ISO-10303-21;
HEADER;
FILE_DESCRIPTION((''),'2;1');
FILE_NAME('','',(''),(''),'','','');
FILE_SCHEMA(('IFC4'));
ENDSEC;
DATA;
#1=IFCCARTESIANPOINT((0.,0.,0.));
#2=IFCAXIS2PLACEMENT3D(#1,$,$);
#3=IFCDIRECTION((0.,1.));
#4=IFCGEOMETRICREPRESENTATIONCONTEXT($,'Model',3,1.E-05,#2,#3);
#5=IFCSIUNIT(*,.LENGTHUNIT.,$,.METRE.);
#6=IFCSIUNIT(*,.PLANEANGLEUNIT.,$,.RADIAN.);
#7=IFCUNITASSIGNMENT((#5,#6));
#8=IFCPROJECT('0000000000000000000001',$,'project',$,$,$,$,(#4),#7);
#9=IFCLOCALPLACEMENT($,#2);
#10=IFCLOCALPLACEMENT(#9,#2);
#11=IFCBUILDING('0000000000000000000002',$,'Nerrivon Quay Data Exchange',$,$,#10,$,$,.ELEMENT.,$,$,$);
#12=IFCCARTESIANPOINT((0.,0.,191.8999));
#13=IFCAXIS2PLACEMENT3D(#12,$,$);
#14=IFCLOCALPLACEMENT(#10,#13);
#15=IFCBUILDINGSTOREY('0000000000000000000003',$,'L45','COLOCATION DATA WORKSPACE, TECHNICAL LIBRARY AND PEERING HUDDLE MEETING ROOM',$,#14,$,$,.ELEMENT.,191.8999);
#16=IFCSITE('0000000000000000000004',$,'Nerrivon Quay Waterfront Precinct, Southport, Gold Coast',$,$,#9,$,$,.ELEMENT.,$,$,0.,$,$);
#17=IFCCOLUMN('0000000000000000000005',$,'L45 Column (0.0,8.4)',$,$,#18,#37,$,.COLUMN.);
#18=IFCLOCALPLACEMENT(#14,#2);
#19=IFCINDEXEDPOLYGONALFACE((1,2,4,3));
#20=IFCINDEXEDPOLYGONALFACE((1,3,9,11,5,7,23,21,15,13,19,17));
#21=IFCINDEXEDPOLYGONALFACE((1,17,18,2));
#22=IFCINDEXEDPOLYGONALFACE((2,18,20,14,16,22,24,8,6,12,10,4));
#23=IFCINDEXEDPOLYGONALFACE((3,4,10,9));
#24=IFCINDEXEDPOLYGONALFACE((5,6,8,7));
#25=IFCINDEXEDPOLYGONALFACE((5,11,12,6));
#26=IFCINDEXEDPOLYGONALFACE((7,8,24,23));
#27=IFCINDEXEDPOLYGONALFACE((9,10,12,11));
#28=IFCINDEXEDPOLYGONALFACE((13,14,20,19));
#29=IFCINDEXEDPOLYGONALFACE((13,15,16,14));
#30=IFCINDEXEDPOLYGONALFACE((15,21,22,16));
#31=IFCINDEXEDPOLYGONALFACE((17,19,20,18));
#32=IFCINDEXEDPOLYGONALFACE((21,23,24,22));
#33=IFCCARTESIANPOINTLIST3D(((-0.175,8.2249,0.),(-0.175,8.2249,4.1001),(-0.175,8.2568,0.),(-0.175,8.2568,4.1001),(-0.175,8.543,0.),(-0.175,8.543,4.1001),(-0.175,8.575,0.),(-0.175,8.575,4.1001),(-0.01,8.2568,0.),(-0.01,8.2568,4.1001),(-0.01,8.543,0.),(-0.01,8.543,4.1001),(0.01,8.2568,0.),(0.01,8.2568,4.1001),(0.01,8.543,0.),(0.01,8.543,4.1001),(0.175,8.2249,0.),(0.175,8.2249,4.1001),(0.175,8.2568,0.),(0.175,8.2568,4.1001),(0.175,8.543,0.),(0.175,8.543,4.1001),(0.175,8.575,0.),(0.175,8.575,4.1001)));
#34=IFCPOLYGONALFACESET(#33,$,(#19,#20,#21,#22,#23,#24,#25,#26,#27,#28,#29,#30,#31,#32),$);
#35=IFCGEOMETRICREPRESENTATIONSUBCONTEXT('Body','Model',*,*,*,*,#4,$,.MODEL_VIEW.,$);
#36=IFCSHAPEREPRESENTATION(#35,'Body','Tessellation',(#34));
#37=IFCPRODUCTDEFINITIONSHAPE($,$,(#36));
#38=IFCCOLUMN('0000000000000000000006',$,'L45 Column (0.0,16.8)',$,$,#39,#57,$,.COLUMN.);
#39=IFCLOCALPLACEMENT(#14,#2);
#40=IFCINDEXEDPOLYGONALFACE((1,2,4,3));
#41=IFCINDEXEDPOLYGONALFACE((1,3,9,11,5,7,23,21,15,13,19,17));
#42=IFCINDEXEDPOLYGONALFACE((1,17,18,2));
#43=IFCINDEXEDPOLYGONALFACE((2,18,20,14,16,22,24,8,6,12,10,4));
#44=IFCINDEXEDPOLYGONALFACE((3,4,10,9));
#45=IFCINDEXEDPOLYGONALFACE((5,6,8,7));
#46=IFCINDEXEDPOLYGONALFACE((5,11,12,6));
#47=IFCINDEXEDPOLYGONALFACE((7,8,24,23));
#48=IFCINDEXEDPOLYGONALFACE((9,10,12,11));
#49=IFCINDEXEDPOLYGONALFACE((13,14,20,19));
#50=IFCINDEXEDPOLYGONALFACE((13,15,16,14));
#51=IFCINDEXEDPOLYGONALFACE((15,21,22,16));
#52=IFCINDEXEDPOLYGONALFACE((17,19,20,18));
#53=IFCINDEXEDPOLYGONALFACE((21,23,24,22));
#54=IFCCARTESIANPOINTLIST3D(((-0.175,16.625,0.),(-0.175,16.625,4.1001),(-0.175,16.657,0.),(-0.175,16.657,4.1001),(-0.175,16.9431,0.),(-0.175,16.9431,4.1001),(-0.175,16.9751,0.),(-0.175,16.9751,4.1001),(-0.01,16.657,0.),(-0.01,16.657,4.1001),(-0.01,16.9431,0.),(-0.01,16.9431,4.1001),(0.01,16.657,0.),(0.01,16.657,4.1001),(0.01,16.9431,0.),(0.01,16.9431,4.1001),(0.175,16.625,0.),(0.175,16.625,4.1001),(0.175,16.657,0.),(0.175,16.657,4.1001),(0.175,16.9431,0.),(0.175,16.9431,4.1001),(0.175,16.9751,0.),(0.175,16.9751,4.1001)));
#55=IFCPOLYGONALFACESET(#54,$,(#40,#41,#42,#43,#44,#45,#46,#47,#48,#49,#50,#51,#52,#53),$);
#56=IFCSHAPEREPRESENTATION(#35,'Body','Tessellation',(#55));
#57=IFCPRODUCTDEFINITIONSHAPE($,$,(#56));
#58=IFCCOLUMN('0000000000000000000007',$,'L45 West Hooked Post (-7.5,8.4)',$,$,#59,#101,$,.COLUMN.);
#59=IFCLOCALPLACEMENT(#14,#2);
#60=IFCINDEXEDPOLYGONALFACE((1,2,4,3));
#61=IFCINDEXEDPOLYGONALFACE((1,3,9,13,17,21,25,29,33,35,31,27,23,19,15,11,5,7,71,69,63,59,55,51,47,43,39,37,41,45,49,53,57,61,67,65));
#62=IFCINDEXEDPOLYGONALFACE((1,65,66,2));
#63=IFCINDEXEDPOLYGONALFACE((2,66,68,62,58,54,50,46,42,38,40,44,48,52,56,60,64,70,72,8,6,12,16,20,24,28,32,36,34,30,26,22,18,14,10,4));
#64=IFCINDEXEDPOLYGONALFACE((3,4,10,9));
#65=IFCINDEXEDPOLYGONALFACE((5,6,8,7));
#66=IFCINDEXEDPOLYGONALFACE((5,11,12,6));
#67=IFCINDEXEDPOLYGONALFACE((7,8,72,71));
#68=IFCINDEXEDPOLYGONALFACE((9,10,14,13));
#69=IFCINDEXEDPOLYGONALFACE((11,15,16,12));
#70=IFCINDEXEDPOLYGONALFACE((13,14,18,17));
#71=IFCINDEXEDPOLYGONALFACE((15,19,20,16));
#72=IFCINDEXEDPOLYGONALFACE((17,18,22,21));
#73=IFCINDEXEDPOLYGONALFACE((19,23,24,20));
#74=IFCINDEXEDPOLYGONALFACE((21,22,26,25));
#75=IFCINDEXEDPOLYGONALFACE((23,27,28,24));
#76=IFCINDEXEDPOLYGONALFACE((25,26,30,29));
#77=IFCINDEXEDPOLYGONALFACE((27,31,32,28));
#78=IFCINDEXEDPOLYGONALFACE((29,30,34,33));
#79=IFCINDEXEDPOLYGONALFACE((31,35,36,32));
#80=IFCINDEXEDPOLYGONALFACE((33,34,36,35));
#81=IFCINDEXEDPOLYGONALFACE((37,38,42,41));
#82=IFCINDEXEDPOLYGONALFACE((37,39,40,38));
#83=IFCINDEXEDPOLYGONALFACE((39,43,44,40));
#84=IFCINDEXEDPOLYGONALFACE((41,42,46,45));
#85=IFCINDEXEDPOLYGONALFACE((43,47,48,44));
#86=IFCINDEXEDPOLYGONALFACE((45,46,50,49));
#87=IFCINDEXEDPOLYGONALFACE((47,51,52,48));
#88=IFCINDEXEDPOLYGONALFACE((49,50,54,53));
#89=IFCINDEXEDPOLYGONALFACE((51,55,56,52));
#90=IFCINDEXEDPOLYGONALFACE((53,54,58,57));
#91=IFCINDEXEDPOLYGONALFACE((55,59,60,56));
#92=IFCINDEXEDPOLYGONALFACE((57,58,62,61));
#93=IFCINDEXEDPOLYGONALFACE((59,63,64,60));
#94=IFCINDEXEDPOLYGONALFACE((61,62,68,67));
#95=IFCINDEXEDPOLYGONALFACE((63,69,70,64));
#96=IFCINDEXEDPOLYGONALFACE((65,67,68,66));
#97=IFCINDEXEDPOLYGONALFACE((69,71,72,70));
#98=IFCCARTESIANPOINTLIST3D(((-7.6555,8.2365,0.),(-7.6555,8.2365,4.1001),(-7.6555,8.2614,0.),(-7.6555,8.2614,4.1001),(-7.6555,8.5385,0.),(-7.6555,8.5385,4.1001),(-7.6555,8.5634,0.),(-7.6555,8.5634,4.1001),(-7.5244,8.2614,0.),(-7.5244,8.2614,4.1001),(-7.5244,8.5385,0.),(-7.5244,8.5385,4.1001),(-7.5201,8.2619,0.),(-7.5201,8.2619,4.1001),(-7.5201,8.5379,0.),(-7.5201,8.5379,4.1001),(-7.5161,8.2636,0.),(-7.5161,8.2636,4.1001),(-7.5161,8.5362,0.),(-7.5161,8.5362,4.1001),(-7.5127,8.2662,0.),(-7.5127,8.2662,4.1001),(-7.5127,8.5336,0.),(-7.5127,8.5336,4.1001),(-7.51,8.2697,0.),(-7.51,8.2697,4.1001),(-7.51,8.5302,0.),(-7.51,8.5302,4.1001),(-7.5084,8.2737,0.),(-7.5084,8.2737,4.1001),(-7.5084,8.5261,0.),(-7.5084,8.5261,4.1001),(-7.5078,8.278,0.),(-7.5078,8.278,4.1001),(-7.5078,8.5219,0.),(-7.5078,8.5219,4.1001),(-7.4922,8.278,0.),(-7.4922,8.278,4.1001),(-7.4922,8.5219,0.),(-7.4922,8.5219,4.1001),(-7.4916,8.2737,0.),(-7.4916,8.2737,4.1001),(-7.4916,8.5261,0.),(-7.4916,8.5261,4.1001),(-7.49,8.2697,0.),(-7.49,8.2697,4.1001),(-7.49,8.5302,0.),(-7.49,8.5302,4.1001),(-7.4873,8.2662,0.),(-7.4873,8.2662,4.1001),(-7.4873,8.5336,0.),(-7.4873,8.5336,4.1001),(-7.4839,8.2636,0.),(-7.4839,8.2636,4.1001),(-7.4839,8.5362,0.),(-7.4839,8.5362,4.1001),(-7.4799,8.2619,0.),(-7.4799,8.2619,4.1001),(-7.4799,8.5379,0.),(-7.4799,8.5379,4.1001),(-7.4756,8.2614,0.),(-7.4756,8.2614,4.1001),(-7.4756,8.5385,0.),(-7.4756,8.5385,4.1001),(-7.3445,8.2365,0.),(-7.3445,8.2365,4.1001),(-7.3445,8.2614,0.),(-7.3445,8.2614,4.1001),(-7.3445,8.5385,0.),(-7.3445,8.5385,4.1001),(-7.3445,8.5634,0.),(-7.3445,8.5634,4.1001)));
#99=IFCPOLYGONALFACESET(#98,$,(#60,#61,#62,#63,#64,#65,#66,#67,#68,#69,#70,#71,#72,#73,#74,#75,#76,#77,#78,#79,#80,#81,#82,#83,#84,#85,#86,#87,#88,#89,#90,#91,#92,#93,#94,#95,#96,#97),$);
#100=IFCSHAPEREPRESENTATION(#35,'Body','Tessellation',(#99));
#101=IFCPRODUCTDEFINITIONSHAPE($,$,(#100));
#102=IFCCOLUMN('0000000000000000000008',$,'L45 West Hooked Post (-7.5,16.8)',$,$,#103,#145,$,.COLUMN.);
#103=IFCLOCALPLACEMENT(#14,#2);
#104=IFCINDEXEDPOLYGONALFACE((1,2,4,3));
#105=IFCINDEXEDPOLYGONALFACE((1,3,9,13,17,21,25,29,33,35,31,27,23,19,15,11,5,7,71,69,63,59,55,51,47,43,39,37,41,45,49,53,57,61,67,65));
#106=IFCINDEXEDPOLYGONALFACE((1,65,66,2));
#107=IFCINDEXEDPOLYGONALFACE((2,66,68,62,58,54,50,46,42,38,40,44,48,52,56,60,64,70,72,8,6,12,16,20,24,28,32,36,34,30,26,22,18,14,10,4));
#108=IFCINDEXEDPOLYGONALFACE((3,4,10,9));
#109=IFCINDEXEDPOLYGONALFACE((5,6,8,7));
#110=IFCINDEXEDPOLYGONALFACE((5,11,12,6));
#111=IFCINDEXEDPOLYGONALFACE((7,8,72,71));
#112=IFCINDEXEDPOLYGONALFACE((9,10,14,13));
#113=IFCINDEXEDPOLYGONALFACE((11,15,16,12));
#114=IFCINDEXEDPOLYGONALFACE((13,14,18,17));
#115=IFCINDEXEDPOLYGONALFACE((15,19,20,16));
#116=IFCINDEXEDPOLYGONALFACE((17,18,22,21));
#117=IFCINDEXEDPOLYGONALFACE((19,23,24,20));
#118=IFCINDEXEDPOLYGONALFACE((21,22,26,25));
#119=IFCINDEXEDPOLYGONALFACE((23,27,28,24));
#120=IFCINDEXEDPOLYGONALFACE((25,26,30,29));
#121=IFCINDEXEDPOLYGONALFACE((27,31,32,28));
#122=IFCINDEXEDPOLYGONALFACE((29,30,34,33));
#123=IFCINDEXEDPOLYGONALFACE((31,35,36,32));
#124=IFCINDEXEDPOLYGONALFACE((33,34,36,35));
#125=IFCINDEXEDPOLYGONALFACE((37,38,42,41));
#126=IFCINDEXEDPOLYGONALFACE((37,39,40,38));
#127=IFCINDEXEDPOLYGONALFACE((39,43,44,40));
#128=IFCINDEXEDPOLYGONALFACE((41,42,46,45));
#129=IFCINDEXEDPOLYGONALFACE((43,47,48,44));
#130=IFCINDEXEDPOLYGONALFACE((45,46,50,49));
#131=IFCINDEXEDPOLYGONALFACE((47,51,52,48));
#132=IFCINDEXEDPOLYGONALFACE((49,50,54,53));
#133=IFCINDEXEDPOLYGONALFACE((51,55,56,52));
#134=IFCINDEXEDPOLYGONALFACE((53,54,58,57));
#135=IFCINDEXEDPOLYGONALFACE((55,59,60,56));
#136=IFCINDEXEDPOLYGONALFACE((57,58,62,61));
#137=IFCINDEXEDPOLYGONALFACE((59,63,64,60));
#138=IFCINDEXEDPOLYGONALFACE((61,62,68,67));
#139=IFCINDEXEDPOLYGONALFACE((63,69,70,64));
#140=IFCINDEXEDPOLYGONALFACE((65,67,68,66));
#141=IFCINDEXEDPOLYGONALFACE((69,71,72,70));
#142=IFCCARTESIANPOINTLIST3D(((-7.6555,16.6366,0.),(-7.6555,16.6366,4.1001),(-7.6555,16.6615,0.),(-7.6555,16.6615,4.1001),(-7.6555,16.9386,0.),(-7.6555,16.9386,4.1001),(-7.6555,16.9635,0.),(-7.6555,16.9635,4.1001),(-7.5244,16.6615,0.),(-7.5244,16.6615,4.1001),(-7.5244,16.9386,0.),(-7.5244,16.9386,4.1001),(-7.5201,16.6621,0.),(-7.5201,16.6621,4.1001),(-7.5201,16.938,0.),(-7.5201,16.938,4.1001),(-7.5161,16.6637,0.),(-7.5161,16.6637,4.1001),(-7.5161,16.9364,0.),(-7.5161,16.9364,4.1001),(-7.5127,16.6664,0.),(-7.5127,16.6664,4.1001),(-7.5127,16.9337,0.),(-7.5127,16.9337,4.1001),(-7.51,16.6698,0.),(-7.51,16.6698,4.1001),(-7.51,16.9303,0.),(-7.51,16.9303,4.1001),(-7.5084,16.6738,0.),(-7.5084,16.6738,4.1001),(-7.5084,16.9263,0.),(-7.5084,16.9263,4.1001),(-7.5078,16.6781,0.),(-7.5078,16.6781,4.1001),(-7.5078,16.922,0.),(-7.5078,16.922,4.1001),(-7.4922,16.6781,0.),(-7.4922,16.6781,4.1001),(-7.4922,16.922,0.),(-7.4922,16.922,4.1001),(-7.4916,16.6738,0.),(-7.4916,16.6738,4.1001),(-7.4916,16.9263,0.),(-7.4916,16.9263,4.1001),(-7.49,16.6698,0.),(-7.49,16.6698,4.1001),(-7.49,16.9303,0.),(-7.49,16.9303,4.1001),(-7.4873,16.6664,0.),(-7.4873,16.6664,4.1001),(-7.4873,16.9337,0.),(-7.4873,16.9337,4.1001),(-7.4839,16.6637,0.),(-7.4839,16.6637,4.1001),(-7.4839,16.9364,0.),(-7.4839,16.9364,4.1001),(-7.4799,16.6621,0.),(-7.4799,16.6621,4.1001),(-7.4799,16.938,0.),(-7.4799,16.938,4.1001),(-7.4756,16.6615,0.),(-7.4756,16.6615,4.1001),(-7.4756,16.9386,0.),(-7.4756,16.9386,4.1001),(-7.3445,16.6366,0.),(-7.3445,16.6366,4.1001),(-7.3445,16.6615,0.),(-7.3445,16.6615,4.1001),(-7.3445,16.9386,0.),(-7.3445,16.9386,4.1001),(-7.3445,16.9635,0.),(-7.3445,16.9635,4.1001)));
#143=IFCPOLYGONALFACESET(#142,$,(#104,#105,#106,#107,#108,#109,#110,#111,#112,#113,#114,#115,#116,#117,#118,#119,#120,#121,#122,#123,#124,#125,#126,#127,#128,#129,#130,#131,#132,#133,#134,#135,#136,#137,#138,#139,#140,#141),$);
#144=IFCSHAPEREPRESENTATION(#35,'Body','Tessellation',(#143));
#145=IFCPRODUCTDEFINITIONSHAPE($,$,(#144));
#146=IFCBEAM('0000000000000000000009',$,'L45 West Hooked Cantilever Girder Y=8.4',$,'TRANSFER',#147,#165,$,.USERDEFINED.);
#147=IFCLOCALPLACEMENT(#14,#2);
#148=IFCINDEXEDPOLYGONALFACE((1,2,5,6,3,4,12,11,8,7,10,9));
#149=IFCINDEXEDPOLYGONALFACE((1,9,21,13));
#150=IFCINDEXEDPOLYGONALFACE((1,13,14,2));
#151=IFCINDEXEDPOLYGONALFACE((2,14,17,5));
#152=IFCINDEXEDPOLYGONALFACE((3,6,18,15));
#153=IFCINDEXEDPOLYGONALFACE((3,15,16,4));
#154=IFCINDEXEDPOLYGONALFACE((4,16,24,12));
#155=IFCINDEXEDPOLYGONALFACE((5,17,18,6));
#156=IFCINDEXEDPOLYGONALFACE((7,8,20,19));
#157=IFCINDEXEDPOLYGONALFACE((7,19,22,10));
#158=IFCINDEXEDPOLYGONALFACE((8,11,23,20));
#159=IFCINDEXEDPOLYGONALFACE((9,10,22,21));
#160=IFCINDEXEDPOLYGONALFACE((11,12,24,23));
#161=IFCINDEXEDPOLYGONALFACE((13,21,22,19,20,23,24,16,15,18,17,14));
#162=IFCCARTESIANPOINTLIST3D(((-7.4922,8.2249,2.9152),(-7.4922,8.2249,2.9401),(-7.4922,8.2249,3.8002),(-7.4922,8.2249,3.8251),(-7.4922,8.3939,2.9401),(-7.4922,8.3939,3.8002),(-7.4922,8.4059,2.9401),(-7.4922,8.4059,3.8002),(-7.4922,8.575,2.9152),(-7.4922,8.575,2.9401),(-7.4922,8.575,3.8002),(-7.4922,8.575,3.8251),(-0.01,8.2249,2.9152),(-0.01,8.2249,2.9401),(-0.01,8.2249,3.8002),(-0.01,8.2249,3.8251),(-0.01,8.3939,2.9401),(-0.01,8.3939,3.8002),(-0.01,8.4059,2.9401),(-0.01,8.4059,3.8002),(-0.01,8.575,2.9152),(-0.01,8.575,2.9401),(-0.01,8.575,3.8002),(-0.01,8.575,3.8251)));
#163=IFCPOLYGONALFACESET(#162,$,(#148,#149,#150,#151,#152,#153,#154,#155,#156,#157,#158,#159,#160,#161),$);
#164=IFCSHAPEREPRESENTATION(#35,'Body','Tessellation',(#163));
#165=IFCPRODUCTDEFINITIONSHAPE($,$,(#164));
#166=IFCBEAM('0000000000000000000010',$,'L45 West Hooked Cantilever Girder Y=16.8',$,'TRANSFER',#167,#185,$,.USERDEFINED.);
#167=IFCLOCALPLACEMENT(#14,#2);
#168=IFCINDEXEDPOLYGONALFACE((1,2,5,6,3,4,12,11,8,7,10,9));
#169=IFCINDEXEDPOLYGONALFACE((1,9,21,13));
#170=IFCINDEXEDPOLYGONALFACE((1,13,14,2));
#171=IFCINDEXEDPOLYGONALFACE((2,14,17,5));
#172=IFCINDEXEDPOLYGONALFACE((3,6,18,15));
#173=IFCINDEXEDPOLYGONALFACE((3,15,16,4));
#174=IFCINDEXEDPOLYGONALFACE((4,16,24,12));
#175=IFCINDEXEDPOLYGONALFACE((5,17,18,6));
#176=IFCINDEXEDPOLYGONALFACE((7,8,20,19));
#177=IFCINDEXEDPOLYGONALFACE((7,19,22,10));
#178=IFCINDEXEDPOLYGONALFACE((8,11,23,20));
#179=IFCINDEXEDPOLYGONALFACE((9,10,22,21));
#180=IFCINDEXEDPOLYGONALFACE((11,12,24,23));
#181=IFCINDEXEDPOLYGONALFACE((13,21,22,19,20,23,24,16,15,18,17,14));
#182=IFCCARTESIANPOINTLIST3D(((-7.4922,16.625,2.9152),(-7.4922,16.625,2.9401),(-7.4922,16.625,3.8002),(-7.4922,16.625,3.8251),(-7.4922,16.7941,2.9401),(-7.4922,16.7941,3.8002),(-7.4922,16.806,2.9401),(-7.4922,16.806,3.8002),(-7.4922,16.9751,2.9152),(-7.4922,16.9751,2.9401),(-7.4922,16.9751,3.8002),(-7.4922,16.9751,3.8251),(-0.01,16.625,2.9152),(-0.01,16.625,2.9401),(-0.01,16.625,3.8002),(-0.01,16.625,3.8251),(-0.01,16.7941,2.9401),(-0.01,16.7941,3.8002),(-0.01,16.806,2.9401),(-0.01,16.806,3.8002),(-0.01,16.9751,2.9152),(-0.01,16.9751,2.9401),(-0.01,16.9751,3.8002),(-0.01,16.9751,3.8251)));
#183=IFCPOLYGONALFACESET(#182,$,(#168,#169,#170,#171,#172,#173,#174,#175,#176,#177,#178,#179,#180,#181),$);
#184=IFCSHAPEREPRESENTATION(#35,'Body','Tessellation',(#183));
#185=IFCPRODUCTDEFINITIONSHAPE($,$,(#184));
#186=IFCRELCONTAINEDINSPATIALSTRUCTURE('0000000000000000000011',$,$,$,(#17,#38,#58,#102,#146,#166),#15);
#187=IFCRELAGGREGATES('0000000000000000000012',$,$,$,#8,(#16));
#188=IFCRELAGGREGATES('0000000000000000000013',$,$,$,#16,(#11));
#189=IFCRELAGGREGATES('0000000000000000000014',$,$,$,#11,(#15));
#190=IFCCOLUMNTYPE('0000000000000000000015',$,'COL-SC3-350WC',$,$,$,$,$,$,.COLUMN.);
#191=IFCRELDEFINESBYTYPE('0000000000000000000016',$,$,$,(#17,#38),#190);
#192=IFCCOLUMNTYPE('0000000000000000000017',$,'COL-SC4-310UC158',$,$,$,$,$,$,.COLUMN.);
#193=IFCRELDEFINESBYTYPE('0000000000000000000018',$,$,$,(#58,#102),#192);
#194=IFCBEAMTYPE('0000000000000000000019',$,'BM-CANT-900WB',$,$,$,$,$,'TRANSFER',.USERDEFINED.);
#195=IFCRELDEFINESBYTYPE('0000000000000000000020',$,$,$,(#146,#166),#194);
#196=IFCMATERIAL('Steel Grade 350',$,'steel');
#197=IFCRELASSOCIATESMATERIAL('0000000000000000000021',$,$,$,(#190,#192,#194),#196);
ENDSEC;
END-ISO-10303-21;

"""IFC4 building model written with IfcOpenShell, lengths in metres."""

from ifc_helpers import new_model, si_unit, direction, frame, origin, origin_2d, place, context, subcontext, project, spatial, i_section, extrude, material, material_profile, profile_set, type_object, element, save


model = new_model("IFC4")

# Units and contexts
model_context = context("Model", 3, precision=1e-05, world=origin(), true_north=direction((0.0, 1.0)))
body_context = subcontext(model_context, "Body", "Model", "MODEL_VIEW")
ifc_project = project(units=[si_unit("LENGTHUNIT", "METRE"), si_unit("PLANEANGLEUNIT", "RADIAN")], contexts=[model_context])

# Site, building, storey
site_placement = place(None, origin())
site = spatial("IfcSite", under=ifc_project, at=site_placement, Name="Nerrivon Quay Waterfront Precinct, Southport, Gold Coast", CompositionType="ELEMENT", RefElevation=0.0)
building_placement = place(site_placement, origin())
building = spatial("IfcBuilding", under=site, at=building_placement, Name="Nerrivon Quay Data Exchange", CompositionType="ELEMENT")
storey_placement = place(building_placement, frame((0.0, 0.0, 191.8999)))
storey = spatial("IfcBuildingStorey", under=building, at=storey_placement, Name="L45", Description="COLOCATION DATA WORKSPACE, TECHNICAL LIBRARY AND PEERING HUDDLE MEETING ROOM", CompositionType="ELEMENT", Elevation=191.8999)

# Columns
ifc_material_1 = material(Name="Steel Grade 350", Category="steel")
ifc_material_profile_1 = material_profile(ifc_material_1, i_section(OverallWidth=0.3501, OverallDepth=0.3501, WebThickness=0.02, FlangeThickness=0.032, at=origin_2d()), Name="350WC230")
ifc_profile_set_1 = profile_set([ifc_material_profile_1], Name="Steel Grade 350")
column_type_1 = type_object("IfcColumnType", Name="COL-SC3-350WC", PredefinedType="COLUMN", material=ifc_profile_set_1)
for number, where, z_axis, x_axis, name in (
    (1, (0.0, 8.3999, 0.0), (0.0, 0.0, 1.0), (1.0, 0.0, 0.0), "L45 Column (0.0,8.4)"),
    (2, (0.0, 16.8, 0.0), (0.0, 0.0, 1.0), (1.0, 0.0, 0.0), "L45 Column (0.0,16.8)"),
):
    element("IfcColumn", number, at=place(storey_placement, frame(where, z_axis=z_axis, x_axis=x_axis)), inside=storey, type_object=column_type_1, Name=name, PredefinedType="COLUMN", context=body_context, shape_type="SweptSolid", body=[
        extrude(i_section(OverallWidth=0.3501, OverallDepth=0.3501, WebThickness=0.02, FlangeThickness=0.032, at=origin_2d()), origin(), (0.0, 0.0, 1.0), 4.1001),
    ])
ifc_material_profile_2 = material_profile(ifc_material_1, i_section(OverallWidth=0.311, OverallDepth=0.3269, WebThickness=0.0156, FlangeThickness=0.0249, FilletRadius=0.0166, at=origin_2d()), Name="310UC158")
ifc_profile_set_2 = profile_set([ifc_material_profile_2], Name="Steel Grade 350")
column_type_2 = type_object("IfcColumnType", Name="COL-SC4-310UC158", PredefinedType="COLUMN", material=ifc_profile_set_2)
for number, where, z_axis, x_axis, name in (
    (3, (-7.5, 8.3999, 0.0), (0.0, 0.0, 1.0), (1.0, 0.0, 0.0), "L45 West Hooked Post (-7.5,8.4)"),
    (4, (-7.5, 16.8, 0.0), (0.0, 0.0, 1.0), (1.0, 0.0, 0.0), "L45 West Hooked Post (-7.5,16.8)"),
):
    element("IfcColumn", number, at=place(storey_placement, frame(where, z_axis=z_axis, x_axis=x_axis)), inside=storey, type_object=column_type_2, Name=name, PredefinedType="COLUMN", context=body_context, shape_type="SweptSolid", body=[
        extrude(i_section(OverallWidth=0.311, OverallDepth=0.3269, WebThickness=0.0156, FlangeThickness=0.0249, FilletRadius=0.0166, at=origin_2d()), origin(), (0.0, 0.0, 1.0), 4.1001),
    ])

# Beams
ifc_material_profile_3 = material_profile(ifc_material_1, i_section(OverallWidth=0.3501, OverallDepth=0.9099, WebThickness=0.012, FlangeThickness=0.0249, at=origin_2d()), Name="900WB218")
ifc_profile_set_3 = profile_set([ifc_material_profile_3], Name="Steel Grade 350")
beam_type_1 = type_object("IfcBeamType", Name="BM-CANT-900WB", ElementType="TRANSFER", PredefinedType="USERDEFINED", material=ifc_profile_set_3)
for number, where, z_axis, x_axis, name in (
    (5, (-0.01, 8.3999, 3.3701), (-1.0, 0.0, 0.0), (0.0, -1.0, 0.0), "L45 West Hooked Cantilever Girder Y=8.4"),
    (6, (-0.01, 16.8, 3.3701), (-1.0, 0.0, 0.0), (0.0, -1.0, 0.0), "L45 West Hooked Cantilever Girder Y=16.8"),
):
    element("IfcBeam", number, at=place(storey_placement, frame(where, z_axis=z_axis, x_axis=x_axis)), inside=storey, type_object=beam_type_1, Name=name, ObjectType="TRANSFER", PredefinedType="USERDEFINED", context=body_context, shape_type="SweptSolid", body=[
        extrude(i_section(OverallWidth=0.3501, OverallDepth=0.9099, WebThickness=0.012, FlangeThickness=0.0249, at=origin_2d()), origin(), (0.0, 0.0, 1.0), 7.4822),
    ])

save(model, "model.ifc")
